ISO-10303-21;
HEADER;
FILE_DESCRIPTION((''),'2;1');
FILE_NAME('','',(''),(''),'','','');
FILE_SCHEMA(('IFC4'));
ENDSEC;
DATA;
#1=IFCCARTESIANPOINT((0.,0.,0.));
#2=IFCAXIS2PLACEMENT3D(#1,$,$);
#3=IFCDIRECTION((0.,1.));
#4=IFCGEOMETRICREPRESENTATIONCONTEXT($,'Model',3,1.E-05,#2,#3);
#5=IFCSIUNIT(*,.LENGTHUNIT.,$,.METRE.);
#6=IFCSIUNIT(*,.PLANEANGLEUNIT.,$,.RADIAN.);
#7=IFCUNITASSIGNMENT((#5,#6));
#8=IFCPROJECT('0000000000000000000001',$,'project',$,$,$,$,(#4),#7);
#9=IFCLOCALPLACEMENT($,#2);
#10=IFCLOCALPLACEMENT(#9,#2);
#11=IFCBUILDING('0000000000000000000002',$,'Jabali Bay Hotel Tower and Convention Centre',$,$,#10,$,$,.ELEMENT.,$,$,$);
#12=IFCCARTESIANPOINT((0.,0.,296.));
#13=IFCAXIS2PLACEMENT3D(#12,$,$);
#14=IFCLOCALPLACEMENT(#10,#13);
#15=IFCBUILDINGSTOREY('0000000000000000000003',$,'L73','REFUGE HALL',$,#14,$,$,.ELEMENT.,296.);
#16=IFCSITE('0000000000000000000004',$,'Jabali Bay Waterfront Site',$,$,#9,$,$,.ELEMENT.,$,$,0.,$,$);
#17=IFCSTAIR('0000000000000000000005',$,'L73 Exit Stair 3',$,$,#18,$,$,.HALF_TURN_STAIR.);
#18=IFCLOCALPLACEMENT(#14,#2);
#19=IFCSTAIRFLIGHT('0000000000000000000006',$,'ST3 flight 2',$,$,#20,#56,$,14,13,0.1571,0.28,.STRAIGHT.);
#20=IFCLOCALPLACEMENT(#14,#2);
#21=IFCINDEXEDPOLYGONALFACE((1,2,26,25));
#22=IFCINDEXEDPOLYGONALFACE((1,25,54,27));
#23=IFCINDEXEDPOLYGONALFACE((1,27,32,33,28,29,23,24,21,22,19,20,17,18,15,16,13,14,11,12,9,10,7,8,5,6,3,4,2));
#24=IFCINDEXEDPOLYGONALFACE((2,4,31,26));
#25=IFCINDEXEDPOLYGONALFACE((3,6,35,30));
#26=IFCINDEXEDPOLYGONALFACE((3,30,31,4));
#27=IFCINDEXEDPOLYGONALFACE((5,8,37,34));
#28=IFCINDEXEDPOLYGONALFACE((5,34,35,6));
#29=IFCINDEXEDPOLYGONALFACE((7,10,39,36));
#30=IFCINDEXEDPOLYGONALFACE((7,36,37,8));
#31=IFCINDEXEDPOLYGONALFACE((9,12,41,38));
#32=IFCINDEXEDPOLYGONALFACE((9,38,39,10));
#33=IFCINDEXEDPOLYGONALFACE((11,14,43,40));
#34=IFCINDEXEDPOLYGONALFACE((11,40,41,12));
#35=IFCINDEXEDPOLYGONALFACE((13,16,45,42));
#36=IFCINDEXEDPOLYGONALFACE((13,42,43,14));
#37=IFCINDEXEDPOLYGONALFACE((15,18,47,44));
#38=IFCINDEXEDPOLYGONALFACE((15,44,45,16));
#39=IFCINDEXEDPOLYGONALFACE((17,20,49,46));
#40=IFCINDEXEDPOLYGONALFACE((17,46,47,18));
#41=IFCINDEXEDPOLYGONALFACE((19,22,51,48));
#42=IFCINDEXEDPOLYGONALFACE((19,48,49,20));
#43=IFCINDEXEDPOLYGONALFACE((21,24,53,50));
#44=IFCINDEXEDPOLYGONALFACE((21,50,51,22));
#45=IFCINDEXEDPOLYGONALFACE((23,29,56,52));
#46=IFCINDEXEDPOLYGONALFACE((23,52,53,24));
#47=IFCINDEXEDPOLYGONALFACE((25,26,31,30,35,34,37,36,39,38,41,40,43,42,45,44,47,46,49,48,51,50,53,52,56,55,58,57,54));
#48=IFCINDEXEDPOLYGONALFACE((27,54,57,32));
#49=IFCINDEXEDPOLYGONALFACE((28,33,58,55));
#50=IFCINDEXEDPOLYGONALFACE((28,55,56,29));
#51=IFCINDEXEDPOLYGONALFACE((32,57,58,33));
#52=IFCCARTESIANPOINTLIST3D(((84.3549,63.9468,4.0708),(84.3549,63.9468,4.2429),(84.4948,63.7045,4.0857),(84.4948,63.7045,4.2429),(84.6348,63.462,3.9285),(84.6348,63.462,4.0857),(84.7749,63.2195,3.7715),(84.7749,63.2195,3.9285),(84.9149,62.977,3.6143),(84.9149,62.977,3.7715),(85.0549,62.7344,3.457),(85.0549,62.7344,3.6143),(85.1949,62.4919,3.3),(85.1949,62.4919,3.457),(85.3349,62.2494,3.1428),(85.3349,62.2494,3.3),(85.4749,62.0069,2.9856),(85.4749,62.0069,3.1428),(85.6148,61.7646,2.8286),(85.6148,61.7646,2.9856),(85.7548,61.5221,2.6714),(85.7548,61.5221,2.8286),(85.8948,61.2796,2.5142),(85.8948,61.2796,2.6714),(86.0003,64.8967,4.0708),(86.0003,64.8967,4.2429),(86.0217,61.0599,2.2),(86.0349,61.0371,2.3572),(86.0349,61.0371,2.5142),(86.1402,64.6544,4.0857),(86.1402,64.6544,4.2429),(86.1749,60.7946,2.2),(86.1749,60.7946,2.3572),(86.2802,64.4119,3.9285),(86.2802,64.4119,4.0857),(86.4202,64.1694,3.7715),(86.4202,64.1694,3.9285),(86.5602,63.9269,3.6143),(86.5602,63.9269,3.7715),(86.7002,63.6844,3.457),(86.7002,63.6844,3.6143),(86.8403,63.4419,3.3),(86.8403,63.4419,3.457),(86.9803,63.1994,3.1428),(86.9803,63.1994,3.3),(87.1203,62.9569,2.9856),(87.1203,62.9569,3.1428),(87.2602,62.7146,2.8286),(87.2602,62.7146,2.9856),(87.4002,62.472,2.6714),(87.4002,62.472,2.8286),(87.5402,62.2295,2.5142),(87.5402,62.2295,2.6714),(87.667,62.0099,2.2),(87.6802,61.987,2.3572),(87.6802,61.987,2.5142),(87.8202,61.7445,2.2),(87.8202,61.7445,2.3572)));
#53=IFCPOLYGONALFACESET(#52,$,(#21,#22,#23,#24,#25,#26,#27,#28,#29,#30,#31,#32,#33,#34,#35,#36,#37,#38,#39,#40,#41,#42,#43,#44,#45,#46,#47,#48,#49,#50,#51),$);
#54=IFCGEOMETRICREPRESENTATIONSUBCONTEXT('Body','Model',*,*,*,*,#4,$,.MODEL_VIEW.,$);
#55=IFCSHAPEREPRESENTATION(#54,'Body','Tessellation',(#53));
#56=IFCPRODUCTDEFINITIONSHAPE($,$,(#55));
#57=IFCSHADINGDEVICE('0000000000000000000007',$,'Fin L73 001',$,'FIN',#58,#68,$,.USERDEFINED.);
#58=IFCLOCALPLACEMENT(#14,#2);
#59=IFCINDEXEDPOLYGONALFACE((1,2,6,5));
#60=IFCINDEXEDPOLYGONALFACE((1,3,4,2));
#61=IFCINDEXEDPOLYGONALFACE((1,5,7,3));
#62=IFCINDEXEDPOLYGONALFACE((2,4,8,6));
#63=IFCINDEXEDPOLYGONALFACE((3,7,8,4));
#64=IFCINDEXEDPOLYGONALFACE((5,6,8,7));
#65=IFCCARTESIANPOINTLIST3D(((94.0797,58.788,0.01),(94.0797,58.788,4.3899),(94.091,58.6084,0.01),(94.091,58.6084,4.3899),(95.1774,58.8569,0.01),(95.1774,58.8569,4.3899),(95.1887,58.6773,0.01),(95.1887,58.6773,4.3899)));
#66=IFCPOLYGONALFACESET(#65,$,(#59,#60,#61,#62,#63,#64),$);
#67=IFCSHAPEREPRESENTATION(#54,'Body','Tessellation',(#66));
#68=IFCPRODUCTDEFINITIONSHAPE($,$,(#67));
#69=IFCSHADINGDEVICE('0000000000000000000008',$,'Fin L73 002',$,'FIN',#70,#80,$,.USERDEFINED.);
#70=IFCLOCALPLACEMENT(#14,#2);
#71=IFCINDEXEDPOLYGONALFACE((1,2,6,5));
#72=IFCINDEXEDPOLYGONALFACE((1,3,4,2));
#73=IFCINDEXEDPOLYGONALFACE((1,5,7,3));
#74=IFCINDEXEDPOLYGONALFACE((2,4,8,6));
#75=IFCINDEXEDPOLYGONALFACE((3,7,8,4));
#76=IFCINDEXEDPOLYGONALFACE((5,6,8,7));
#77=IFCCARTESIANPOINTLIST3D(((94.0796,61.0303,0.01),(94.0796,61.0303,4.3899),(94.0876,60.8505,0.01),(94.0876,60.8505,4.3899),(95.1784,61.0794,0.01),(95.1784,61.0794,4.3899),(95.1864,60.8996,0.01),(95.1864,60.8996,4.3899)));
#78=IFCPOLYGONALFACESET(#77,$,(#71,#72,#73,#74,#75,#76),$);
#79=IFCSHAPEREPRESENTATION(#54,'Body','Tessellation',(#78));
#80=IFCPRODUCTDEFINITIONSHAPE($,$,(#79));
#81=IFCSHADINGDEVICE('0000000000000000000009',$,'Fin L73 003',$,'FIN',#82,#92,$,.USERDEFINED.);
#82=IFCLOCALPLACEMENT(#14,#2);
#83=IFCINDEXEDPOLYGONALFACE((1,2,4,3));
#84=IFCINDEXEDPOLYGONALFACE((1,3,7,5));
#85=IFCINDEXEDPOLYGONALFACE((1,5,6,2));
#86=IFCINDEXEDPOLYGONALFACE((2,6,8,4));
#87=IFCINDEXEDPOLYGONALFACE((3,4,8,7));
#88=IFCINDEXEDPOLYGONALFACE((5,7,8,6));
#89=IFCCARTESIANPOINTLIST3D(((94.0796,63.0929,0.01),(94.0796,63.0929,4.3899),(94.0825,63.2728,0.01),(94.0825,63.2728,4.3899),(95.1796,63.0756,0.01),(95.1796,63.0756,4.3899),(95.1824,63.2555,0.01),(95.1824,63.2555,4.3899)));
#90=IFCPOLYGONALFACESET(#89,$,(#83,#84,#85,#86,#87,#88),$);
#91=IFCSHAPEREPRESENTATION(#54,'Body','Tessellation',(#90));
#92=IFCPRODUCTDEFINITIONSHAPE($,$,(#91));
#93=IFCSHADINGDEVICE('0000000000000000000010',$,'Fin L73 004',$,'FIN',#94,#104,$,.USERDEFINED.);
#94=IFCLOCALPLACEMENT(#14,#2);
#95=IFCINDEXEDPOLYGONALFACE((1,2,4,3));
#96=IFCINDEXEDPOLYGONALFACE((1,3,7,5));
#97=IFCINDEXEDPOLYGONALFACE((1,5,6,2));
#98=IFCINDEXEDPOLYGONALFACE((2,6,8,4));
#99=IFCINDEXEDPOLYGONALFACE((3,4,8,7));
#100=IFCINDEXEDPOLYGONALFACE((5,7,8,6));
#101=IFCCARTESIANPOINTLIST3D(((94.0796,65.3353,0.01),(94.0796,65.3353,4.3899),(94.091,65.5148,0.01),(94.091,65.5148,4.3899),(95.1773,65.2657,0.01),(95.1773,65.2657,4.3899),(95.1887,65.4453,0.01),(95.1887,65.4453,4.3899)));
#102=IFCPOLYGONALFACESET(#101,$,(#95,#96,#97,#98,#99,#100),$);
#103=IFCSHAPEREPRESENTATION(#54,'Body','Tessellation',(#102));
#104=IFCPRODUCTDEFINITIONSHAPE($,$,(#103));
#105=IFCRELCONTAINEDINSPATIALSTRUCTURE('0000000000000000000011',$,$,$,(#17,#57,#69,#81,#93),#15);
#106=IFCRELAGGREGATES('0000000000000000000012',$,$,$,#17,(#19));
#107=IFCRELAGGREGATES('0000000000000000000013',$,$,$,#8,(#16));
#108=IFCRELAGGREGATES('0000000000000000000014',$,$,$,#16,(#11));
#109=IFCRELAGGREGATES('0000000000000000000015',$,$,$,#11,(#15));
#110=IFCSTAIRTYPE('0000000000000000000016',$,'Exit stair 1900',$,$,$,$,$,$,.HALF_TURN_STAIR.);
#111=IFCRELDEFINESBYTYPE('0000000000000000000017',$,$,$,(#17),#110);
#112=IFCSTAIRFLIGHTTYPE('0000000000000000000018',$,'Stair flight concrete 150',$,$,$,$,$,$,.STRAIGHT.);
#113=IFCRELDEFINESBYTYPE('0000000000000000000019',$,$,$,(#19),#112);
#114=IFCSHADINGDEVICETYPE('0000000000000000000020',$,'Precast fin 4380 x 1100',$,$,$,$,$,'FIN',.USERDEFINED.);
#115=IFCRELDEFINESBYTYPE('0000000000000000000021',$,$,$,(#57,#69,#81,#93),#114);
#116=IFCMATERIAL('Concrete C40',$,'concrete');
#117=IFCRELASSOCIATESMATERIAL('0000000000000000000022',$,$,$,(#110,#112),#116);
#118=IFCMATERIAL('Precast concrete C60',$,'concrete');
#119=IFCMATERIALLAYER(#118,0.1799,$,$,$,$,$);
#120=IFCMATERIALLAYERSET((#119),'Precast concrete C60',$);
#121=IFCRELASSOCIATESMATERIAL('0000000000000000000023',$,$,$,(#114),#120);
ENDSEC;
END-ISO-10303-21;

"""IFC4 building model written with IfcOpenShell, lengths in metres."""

from ifc_helpers import new_model, si_unit, direction, frame, frame_2d, origin, place, context, subcontext, project, spatial, polyline, rectangle, outline, extrude, material, layer, layer_set, type_object, element, aggregate, save


model = new_model("IFC4")

# Units and contexts
model_context = context("Model", 3, precision=1e-05, world=origin(), true_north=direction((0.0, 1.0)))
body_context = subcontext(model_context, "Body", "Model", "MODEL_VIEW")
ifc_project = project(units=[si_unit("LENGTHUNIT", "METRE"), si_unit("PLANEANGLEUNIT", "RADIAN")], contexts=[model_context])

# Site, building, storey
site_placement = place(None, origin())
site = spatial("IfcSite", under=ifc_project, at=site_placement, Name="Jabali Bay Waterfront Site", CompositionType="ELEMENT", RefElevation=0.0)
building_placement = place(site_placement, origin())
building = spatial("IfcBuilding", under=site, at=building_placement, Name="Jabali Bay Hotel Tower and Convention Centre", CompositionType="ELEMENT")
storey_placement = place(building_placement, frame((0.0, 0.0, 296.0)))
storey = spatial("IfcBuildingStorey", under=building, at=storey_placement, Name="L73", Description="REFUGE HALL", CompositionType="ELEMENT", Elevation=296.0)

# Shared definitions
ifc_material_1 = material(Name="Concrete C40", Category="concrete")

# Stair, stair flight
stair_type = type_object("IfcStairType", Name="Exit stair 1900", PredefinedType="HALF_TURN_STAIR", material=ifc_material_1)
stair_placement = place(storey_placement, origin())
stair = element("IfcStair", 1, at=stair_placement, inside=storey, type_object=stair_type, Name="L73 Exit Stair 3", PredefinedType="HALF_TURN_STAIR")
stair_flight_type = type_object("IfcStairFlightType", Name="Stair flight concrete 150", PredefinedType="STRAIGHT", material=ifc_material_1)
stair_flight_1_placement = place(storey_placement, frame((86.9976, 61.2695, 2.2), z_axis=(0.0, 0.0, 1.0), x_axis=(-0.5, 0.866025, 0.0)))
stair_flight_1 = element("IfcStairFlight", 2, at=stair_flight_1_placement, type_object=stair_flight_type, Name="ST3 flight 2", NumberOfRisers=14, NumberOfTreads=13, PredefinedType="STRAIGHT", RiserHeight=0.1571, TreadLength=0.28, context=body_context, shape_type="SweptSolid", body=[
    extrude(outline(polyline([(0.0, 0.0), (0.0, 0.1572), (0.28, 0.1572), (0.28, 0.3142), (0.5601, 0.3142), (0.5601, 0.4714), (0.8401, 0.4714), (0.8401, 0.6287), (1.1201, 0.6287), (1.1201, 0.7856), (1.3999, 0.7856), (1.3999, 0.9429), (1.6799, 0.9429), (1.6799, 1.1001), (1.96, 1.1001), (1.96, 1.2571), (2.24, 1.2571), (2.24, 1.4143), (2.52, 1.4143), (2.52, 1.5715), (2.8, 1.5715), (2.8, 1.7285), (3.0801, 1.7285), (3.0801, 1.8857), (3.3601, 1.8857), (3.3601, 2.043), (3.6399, 2.043), (3.6399, 2.2), (3.6399, 1.8708), (0.3064, 0.0), (0.0, 0.0)])), frame((0.0, 0.95, 0.0), z_axis=(0.0, -1.0, 0.0), x_axis=(1.0, 0.0, 0.0)), (0.0, 0.0, 1.0), 1.8999),
])
aggregate(stair, [stair_flight_1])

# Shading devices
ifc_material_2 = material(Name="Precast concrete C60", Category="concrete")
ifc_layer_1 = layer(ifc_material_2, 0.1799)
ifc_layer_set_1 = layer_set([ifc_layer_1], Name="Precast concrete C60")
shading_device_type = type_object("IfcShadingDeviceType", Name="Precast fin 4380 x 1100", ElementType="FIN", PredefinedType="USERDEFINED", material=ifc_layer_set_1)
for number, where, z_axis, x_axis, name in (
    (3, (94.0854, 58.6982, 0.01), (0.0, 0.0, 1.0), (0.998039, 0.062599, 0.0), "Fin L73 001"),
    (4, (94.0837, 60.9404, 0.01), (0.0, 0.0, 1.0), (0.999004, 0.044612, 0.0), "Fin L73 002"),
):
    element("IfcShadingDevice", number, at=place(storey_placement, frame(where, z_axis=z_axis, x_axis=x_axis)), inside=storey, type_object=shading_device_type, Name=name, ObjectType="FIN", PredefinedType="USERDEFINED", context=body_context, shape_type="SweptSolid", body=[
        extrude(rectangle(XDim=1.0999, YDim=0.1799, at=frame_2d((0.5498, 0.0))), origin(), (0.0, 0.0, 1.0), 4.3799),
    ])
shading_device_1_placement = place(storey_placement, frame((94.0811, 63.1829, 0.01), z_axis=(0.0, 0.0, 1.0), x_axis=(0.999876, -0.015758, 0.0)))
element("IfcShadingDevice", 5, at=shading_device_1_placement, inside=storey, type_object=shading_device_type, Name="Fin L73 003", ObjectType="FIN", PredefinedType="USERDEFINED", context=body_context, shape_type="SweptSolid", body=[
    extrude(rectangle(XDim=1.1001, YDim=0.1799, at=frame_2d((0.55, 0.0))), origin(), (0.0, 0.0, 1.0), 4.3799),
])
shading_device_2_placement = place(storey_placement, frame((94.0854, 65.425, 0.01), z_axis=(0.0, 0.0, 1.0), x_axis=(0.997997, -0.063263, 0.0)))
element("IfcShadingDevice", 6, at=shading_device_2_placement, inside=storey, type_object=shading_device_type, Name="Fin L73 004", ObjectType="FIN", PredefinedType="USERDEFINED", context=body_context, shape_type="SweptSolid", body=[
    extrude(rectangle(XDim=1.0999, YDim=0.1799, at=frame_2d((0.5498, 0.0))), origin(), (0.0, 0.0, 1.0), 4.3799),
])

save(model, "model.ifc")
